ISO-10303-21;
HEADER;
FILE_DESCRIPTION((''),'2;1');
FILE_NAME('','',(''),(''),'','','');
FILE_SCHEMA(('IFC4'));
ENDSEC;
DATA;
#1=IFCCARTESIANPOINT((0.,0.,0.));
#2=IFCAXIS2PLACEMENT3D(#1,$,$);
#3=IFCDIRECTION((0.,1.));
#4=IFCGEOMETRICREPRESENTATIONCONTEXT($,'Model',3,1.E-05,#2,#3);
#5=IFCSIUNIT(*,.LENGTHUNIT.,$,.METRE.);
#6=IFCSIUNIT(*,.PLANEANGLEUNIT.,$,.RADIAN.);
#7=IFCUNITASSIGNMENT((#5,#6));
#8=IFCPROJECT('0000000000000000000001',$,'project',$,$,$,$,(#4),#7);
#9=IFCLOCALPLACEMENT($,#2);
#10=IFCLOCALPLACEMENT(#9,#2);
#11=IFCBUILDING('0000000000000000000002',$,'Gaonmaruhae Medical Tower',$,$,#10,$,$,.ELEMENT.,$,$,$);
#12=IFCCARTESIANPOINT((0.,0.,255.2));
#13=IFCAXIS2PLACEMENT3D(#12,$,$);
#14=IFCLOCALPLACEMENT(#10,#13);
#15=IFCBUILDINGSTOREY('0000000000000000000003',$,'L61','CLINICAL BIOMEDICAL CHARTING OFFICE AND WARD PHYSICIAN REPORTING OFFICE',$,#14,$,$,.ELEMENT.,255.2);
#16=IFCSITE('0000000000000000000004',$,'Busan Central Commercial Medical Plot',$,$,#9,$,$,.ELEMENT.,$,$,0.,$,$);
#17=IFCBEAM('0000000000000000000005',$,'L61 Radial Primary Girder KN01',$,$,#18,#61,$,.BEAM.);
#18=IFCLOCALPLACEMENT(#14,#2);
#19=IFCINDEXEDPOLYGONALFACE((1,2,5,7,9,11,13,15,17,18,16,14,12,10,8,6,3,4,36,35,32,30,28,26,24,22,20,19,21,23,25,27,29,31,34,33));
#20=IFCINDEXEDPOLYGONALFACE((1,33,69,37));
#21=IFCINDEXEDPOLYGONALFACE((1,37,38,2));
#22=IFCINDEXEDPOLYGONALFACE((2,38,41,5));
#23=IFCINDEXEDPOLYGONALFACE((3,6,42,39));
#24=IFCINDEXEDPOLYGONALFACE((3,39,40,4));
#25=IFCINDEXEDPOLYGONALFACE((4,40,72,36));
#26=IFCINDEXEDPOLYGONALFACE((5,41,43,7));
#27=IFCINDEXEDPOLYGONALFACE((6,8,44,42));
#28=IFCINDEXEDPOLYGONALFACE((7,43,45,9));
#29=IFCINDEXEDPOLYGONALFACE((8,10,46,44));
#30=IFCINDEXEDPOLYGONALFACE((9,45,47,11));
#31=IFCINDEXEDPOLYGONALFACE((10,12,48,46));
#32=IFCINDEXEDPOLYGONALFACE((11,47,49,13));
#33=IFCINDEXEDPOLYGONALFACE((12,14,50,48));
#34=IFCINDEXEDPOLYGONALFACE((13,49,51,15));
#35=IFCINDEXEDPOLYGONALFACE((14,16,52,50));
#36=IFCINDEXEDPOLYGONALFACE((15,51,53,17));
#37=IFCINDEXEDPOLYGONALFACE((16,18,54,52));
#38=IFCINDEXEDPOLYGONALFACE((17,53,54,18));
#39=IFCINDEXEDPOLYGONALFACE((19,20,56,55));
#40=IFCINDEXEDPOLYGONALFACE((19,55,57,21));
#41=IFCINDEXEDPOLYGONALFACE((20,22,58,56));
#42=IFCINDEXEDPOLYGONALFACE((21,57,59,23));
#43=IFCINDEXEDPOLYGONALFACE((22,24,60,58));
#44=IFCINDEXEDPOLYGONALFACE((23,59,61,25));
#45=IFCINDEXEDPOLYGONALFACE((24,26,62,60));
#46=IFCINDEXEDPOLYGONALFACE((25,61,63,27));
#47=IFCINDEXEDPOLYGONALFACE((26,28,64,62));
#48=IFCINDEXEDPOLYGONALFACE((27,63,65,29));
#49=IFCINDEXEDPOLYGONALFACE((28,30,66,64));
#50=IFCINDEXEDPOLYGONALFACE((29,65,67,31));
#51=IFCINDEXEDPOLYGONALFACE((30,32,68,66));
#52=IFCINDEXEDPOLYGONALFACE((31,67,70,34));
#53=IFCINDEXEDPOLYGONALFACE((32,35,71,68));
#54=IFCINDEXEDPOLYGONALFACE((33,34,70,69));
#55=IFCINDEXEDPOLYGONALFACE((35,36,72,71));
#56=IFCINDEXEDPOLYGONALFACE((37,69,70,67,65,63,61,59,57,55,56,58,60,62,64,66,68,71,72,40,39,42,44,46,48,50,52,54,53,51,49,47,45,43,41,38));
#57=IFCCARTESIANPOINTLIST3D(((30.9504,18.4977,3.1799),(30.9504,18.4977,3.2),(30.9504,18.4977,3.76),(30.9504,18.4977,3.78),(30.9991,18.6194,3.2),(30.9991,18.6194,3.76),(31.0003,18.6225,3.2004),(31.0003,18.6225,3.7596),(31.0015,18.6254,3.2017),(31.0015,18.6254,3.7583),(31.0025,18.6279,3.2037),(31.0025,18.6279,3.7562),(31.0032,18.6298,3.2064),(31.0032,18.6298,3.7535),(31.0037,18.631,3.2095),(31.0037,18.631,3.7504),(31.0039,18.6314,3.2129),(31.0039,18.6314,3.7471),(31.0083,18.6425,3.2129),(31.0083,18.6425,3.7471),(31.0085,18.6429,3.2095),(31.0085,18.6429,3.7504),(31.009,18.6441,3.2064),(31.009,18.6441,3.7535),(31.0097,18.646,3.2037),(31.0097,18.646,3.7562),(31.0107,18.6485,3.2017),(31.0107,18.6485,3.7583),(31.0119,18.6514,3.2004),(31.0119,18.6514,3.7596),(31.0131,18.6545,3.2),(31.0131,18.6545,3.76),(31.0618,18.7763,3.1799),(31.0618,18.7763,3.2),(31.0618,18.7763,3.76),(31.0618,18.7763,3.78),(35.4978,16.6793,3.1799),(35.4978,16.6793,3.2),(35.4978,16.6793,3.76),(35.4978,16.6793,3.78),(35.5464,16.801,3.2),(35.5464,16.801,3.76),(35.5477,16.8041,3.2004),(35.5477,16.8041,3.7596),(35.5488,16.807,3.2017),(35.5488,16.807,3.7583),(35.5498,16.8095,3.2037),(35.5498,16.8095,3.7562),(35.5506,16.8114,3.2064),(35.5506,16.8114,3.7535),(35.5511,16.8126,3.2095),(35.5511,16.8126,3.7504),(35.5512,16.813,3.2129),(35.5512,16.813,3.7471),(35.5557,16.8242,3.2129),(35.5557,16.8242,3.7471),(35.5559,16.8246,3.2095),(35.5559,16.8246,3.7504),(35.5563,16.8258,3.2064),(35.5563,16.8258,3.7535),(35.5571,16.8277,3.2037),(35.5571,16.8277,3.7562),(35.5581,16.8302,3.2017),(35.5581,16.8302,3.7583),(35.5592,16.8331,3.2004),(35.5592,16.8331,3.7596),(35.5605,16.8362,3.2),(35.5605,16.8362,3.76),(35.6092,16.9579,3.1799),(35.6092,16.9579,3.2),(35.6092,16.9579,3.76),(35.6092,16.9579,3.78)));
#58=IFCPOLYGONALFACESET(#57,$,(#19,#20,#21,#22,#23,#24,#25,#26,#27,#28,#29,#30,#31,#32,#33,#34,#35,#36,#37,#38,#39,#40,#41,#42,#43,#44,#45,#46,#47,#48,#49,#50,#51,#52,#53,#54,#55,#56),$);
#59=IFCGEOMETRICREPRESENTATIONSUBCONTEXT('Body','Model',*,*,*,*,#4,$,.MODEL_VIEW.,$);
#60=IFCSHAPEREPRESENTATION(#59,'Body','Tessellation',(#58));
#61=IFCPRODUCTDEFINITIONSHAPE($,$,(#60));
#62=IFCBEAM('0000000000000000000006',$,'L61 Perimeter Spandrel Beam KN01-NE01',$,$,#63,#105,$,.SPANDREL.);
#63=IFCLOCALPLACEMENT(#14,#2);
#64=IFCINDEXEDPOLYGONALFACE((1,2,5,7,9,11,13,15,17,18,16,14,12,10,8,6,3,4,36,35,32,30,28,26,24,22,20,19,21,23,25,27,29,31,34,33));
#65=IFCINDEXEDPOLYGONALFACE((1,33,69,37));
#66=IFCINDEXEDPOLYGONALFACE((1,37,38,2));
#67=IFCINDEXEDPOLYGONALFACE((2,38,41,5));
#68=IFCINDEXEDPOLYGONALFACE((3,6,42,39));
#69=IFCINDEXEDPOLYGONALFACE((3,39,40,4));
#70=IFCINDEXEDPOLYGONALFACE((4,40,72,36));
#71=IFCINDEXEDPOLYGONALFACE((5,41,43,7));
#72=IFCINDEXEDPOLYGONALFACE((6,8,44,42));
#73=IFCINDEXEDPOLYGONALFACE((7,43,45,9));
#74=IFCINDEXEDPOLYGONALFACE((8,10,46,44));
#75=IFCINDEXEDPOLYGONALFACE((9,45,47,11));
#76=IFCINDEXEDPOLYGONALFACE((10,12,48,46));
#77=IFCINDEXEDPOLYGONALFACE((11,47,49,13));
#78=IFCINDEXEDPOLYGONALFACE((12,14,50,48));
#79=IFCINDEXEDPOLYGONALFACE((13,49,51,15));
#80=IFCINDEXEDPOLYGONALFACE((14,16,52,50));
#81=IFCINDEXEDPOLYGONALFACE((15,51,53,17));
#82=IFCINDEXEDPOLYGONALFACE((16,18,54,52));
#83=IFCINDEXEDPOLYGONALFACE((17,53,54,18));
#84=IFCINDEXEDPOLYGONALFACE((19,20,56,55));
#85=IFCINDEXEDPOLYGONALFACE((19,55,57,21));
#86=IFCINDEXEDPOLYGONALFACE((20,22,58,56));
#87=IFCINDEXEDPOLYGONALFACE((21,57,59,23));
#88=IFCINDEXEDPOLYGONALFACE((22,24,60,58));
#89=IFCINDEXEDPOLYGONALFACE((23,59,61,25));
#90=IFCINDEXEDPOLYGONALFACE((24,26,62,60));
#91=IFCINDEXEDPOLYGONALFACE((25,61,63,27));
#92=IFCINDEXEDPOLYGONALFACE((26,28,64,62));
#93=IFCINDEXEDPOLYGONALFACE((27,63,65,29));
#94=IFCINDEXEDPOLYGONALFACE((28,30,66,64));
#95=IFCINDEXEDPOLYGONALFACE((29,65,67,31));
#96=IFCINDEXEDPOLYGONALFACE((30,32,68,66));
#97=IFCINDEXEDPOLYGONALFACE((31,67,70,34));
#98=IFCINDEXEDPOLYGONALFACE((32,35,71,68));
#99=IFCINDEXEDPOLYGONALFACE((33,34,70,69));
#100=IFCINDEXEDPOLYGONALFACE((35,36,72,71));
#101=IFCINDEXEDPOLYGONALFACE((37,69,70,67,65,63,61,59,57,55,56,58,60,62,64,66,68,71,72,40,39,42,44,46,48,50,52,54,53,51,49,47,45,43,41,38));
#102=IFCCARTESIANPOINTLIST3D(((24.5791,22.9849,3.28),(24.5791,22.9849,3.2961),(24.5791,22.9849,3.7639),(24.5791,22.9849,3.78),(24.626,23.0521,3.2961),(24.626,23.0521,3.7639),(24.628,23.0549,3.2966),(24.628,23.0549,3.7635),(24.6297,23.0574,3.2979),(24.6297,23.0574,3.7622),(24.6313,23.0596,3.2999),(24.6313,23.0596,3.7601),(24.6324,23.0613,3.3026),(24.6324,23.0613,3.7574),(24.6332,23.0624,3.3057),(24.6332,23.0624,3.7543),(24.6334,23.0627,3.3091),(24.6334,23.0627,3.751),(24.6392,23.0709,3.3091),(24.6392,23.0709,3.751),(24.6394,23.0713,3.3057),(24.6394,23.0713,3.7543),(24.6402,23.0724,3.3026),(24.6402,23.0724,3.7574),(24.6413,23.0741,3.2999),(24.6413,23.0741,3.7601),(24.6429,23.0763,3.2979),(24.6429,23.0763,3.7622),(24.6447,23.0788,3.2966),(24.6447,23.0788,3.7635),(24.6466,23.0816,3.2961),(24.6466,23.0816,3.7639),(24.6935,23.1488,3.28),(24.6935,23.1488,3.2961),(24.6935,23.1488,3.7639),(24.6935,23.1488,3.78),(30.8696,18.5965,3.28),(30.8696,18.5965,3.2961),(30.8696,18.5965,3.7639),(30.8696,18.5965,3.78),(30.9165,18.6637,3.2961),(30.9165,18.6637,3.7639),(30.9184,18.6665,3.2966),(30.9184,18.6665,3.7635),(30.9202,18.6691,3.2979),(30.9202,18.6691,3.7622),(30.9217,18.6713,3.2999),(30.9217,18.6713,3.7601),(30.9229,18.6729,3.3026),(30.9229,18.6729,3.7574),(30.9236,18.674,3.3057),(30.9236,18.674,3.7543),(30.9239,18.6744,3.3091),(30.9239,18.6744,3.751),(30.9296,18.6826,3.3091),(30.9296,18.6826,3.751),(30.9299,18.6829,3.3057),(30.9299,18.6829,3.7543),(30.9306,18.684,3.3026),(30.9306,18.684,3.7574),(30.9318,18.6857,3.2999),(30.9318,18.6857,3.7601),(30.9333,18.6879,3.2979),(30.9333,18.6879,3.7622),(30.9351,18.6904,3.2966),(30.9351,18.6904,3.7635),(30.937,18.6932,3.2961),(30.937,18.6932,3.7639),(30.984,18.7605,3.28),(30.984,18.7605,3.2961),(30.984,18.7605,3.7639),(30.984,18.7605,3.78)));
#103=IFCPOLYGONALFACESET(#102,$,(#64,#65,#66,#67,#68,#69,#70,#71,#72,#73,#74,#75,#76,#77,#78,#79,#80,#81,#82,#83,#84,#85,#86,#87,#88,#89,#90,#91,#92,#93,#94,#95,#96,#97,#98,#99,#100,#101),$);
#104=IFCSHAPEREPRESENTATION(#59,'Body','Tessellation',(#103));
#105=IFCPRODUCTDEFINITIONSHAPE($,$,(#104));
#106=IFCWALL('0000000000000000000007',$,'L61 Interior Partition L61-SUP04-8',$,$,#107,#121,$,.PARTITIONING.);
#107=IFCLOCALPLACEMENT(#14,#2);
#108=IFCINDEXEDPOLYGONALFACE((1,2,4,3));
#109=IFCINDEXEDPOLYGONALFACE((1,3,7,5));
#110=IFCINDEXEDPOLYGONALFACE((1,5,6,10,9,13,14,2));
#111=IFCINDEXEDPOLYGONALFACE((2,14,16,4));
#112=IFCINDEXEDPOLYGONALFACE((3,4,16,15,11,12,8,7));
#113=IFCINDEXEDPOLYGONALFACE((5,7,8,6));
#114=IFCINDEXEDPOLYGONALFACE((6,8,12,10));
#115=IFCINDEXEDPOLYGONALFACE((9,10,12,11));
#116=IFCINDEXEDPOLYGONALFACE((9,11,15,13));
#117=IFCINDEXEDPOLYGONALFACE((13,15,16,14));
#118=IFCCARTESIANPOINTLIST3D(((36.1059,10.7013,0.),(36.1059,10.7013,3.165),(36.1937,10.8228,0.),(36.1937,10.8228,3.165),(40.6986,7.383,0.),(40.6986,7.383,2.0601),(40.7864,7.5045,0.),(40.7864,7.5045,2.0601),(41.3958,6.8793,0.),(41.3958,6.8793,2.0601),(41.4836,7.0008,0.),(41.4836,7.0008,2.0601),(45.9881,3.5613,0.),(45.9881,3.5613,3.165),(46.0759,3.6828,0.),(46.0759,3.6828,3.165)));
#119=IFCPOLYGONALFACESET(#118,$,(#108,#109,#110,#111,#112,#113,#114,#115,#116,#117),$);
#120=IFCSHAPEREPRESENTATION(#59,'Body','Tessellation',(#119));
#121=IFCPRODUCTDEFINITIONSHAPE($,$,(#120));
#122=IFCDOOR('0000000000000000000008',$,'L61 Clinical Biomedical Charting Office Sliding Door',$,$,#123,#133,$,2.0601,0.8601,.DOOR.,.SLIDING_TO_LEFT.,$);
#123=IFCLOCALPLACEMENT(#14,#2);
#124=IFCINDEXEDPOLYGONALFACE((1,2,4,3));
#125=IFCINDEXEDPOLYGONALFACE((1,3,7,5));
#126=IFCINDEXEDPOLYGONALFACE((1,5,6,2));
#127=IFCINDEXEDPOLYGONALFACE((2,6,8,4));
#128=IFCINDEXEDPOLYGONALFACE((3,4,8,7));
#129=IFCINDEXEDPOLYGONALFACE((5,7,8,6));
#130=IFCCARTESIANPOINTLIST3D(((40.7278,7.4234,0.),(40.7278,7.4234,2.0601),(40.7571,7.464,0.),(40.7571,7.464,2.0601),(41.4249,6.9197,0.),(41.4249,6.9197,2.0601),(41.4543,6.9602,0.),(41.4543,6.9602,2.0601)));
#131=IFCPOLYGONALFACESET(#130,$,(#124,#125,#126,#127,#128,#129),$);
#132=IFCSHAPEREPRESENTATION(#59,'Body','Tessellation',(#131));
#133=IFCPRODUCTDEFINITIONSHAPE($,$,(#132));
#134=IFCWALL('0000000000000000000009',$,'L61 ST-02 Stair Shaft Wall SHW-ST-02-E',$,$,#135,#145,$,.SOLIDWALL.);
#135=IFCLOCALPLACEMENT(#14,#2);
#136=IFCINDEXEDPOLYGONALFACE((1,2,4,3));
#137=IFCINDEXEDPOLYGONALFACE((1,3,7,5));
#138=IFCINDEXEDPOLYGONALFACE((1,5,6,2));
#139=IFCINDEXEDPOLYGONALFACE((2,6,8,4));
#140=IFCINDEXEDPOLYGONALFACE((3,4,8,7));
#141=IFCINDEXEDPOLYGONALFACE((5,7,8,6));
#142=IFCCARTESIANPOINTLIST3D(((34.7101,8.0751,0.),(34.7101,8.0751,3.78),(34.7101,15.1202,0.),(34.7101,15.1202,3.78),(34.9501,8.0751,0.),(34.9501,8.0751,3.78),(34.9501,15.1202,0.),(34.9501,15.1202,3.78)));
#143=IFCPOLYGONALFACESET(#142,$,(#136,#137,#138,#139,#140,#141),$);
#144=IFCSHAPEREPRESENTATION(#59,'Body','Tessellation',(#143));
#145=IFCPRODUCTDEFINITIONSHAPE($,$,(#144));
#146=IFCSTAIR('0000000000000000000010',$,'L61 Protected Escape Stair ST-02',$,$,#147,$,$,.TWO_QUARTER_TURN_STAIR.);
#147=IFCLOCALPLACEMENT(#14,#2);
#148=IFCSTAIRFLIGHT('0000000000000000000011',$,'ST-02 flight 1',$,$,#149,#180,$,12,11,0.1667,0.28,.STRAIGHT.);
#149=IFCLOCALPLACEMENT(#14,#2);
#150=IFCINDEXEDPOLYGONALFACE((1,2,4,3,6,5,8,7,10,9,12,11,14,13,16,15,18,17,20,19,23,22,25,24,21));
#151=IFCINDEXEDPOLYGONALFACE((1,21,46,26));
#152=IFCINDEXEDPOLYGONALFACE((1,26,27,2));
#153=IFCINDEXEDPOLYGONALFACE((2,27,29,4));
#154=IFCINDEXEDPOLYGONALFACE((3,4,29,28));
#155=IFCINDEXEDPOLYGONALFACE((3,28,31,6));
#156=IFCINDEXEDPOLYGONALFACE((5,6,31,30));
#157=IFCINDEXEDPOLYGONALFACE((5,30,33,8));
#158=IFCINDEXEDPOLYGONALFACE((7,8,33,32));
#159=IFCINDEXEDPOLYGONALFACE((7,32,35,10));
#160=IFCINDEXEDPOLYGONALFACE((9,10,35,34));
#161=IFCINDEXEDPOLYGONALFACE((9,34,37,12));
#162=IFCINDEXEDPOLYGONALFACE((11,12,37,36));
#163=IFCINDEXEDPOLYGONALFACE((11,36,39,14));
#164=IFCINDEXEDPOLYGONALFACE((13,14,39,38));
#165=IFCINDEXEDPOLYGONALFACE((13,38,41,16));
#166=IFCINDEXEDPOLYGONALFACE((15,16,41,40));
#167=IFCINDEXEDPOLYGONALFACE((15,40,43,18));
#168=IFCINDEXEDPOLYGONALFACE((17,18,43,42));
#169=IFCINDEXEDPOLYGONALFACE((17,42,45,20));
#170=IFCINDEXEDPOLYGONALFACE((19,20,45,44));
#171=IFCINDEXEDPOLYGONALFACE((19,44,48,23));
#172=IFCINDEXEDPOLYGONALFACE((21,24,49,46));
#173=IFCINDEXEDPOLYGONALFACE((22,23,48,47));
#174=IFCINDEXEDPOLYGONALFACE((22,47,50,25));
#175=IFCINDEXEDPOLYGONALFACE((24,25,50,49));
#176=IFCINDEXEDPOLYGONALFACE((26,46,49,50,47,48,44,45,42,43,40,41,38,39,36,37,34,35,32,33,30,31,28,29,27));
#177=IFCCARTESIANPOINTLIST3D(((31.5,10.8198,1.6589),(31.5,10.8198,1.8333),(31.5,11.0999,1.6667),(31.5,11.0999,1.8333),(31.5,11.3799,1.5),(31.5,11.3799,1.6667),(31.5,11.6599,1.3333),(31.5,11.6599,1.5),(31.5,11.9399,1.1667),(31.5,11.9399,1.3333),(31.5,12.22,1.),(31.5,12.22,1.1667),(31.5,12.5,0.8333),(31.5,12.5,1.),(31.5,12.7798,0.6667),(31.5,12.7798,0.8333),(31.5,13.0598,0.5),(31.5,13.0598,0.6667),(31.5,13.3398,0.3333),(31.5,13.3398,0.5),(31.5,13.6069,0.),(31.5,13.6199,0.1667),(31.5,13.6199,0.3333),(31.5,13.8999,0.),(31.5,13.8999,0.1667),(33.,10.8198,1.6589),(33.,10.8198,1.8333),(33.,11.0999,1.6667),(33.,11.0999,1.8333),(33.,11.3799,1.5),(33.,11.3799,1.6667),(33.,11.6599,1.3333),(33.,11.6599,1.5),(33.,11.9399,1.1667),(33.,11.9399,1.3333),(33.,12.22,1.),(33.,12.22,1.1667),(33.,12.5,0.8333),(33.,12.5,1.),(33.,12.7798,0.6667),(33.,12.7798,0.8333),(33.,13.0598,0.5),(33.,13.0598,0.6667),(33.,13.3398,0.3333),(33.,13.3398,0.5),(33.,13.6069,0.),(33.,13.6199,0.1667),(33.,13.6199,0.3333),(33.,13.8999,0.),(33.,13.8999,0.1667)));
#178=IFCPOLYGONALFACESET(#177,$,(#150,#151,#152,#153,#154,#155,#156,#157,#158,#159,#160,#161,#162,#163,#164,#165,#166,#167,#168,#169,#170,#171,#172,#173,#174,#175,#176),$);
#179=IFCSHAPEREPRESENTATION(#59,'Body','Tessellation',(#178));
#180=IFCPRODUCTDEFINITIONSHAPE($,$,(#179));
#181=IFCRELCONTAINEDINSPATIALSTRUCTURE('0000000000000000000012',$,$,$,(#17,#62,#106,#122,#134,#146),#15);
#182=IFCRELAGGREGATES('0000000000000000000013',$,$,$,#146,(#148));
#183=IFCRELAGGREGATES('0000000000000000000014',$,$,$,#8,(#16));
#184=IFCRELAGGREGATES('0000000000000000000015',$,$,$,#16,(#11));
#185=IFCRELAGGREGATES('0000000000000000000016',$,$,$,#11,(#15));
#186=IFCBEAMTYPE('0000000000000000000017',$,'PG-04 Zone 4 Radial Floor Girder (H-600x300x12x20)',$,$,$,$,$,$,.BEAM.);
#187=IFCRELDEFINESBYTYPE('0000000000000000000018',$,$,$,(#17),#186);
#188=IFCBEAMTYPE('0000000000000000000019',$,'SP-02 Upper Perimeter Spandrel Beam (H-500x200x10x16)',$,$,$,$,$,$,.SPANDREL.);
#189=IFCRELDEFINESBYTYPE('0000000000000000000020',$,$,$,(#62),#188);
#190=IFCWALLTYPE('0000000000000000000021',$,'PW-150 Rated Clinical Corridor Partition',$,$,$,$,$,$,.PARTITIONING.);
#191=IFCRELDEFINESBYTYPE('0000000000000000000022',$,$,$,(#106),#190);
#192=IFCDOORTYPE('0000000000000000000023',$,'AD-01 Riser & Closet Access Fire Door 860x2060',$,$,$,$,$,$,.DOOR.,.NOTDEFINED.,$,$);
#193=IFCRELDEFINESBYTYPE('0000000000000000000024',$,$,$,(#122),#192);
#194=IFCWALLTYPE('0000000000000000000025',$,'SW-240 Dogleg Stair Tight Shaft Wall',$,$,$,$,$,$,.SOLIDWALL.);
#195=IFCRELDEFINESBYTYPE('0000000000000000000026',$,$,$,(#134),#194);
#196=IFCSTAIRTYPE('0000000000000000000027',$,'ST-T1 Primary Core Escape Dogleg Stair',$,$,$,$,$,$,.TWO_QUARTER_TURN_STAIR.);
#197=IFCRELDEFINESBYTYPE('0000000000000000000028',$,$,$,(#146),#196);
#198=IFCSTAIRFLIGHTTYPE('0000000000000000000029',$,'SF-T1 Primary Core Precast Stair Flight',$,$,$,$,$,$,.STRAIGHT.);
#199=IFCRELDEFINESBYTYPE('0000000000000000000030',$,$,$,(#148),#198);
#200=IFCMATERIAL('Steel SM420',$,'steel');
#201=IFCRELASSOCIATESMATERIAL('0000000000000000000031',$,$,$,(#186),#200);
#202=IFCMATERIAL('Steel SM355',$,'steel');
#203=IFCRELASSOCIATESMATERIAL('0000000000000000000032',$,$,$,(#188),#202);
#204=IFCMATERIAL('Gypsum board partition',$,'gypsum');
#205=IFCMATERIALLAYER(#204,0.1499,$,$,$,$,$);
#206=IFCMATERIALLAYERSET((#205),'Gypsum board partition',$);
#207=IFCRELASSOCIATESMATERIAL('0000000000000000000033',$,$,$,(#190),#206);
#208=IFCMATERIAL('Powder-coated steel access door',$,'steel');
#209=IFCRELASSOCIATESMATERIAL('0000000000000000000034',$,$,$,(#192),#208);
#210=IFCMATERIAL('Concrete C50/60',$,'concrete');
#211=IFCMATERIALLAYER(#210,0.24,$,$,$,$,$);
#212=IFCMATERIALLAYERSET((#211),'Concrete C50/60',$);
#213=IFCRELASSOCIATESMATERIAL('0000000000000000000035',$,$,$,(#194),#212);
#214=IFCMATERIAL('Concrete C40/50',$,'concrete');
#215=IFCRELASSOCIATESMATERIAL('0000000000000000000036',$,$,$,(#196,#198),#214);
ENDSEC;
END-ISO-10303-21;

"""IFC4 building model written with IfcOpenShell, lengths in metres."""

from ifc_helpers import new_model, si_unit, direction, frame, frame_2d, origin, origin_2d, place, context, subcontext, project, spatial, polyline, rectangle, i_section, outline, extrude, material, layer, layer_set, material_profile, profile_set, type_object, element, fill, aggregate, save


model = new_model("IFC4")

# Units and contexts
model_context = context("Model", 3, precision=1e-05, world=origin(), true_north=direction((0.0, 1.0)))
body_context = subcontext(model_context, "Body", "Model", "MODEL_VIEW")
ifc_project = project(units=[si_unit("LENGTHUNIT", "METRE"), si_unit("PLANEANGLEUNIT", "RADIAN")], contexts=[model_context])

# Site, building, storey
site_placement = place(None, origin())
site = spatial("IfcSite", under=ifc_project, at=site_placement, Name="Busan Central Commercial Medical Plot", CompositionType="ELEMENT", RefElevation=0.0)
building_placement = place(site_placement, origin())
building = spatial("IfcBuilding", under=site, at=building_placement, Name="Gaonmaruhae Medical Tower", CompositionType="ELEMENT")
storey_placement = place(building_placement, frame((0.0, 0.0, 255.2)))
storey = spatial("IfcBuildingStorey", under=building, at=storey_placement, Name="L61", Description="CLINICAL BIOMEDICAL CHARTING OFFICE AND WARD PHYSICIAN REPORTING OFFICE", CompositionType="ELEMENT", Elevation=255.2)

# Shared definitions
ifc_material_1 = material(Name="Concrete C50/60", Category="concrete")

# Beams
ifc_material_2 = material(Name="Steel SM420", Category="steel")
ifc_material_profile_1 = material_profile(ifc_material_2, i_section(OverallWidth=0.3, OverallDepth=0.6001, WebThickness=0.012, FlangeThickness=0.02, FilletRadius=0.0129, at=origin_2d()), Name="H-600x300x12x20")
ifc_profile_set_1 = profile_set([ifc_material_profile_1], Name="Steel SM420")
beam_type_1 = type_object("IfcBeamType", Name="PG-04 Zone 4 Radial Floor Girder (H-600x300x12x20)", PredefinedType="BEAM", material=ifc_profile_set_1)
beam_1_placement = place(storey_placement, frame((35.5535, 16.8186, 3.48), z_axis=(-0.928518, 0.371288, 0.0), x_axis=(-0.371288, -0.928518, 0.0)))
element("IfcBeam", 1, at=beam_1_placement, inside=storey, type_object=beam_type_1, Name="L61 Radial Primary Girder KN01", PredefinedType="BEAM", context=body_context, shape_type="SweptSolid", body=[
    extrude(i_section(OverallWidth=0.3, OverallDepth=0.6001, WebThickness=0.012, FlangeThickness=0.02, FilletRadius=0.0129, at=origin_2d()), origin(), (0.0, 0.0, 1.0), 4.8975),
])
ifc_material_3 = material(Name="Steel SM355", Category="steel")
ifc_material_profile_2 = material_profile(ifc_material_3, i_section(OverallWidth=0.2, OverallDepth=0.5, WebThickness=0.01, FlangeThickness=0.0161, FilletRadius=0.0129, at=origin_2d()), Name="H-500x200x10x16")
ifc_profile_set_2 = profile_set([ifc_material_profile_2], Name="Steel SM355")
beam_type_2 = type_object("IfcBeamType", Name="SP-02 Upper Perimeter Spandrel Beam (H-500x200x10x16)", PredefinedType="SPANDREL", material=ifc_profile_set_2)
beam_2_placement = place(storey_placement, frame((30.9268, 18.6785, 3.53), z_axis=(-0.820146, 0.572154, 0.0), x_axis=(-0.572154, -0.820146, 0.0)))
element("IfcBeam", 2, at=beam_2_placement, inside=storey, type_object=beam_type_2, Name="L61 Perimeter Spandrel Beam KN01-NE01", PredefinedType="SPANDREL", context=body_context, shape_type="SweptSolid", body=[
    extrude(i_section(OverallWidth=0.2, OverallDepth=0.5, WebThickness=0.01, FlangeThickness=0.0161, FilletRadius=0.0129, at=origin_2d()), origin(), (0.0, 0.0, 1.0), 7.6699),
])

# Wall, opening, door
ifc_material_4 = material(Name="Gypsum board partition", Category="gypsum")
ifc_layer_1 = layer(ifc_material_4, 0.1499)
ifc_layer_set_1 = layer_set([ifc_layer_1], Name="Gypsum board partition")
wall_type_1 = type_object("IfcWallType", Name="PW-150 Rated Clinical Corridor Partition", PredefinedType="PARTITIONING", material=ifc_layer_set_1)
wall_1_placement = place(storey_placement, frame((36.1499, 10.762, 0.0), z_axis=(0.0, 0.0, 1.0), x_axis=(0.810569, -0.585643, 0.0)))
wall_1 = element("IfcWall", 3, at=wall_1_placement, inside=storey, type_object=wall_type_1, Name="L61 Interior Partition L61-SUP04-8", PredefinedType="PARTITIONING", context=body_context, shape_type="SweptSolid", body=[
    extrude(rectangle(XDim=12.1917, YDim=0.1499, at=frame_2d((6.0957, 0.0))), origin(), (0.0, 0.0, 1.0), 3.165),
])
opening_1_placement = place(wall_1_placement, frame((5.6658, 0.0, 0.0)))
opening_1 = element("IfcOpeningElement", 4, at=opening_1_placement, cuts=wall_1, PredefinedType="OPENING", context=body_context, shape_type="SweptSolid", body=[
    extrude(rectangle(XDim=0.8601, YDim=2.0601, at=frame_2d((0.4302, 1.03))), frame((0.0, 0.085, 0.0), z_axis=(0.0, -1.0, 0.0), x_axis=(1.0, 0.0, 0.0)), (0.0, 0.0, 1.0), 0.1699),
])
ifc_material_5 = material(Name="Powder-coated steel access door", Category="steel")
door_type_1 = type_object("IfcDoorType", Name="AD-01 Riser & Closet Access Fire Door 860x2060", OperationType="NOTDEFINED", PredefinedType="DOOR", material=ifc_material_5)
door_1_placement = place(opening_1_placement, origin())
door_1 = element("IfcDoor", 5, at=door_1_placement, inside=storey, type_object=door_type_1, Name="L61 Clinical Biomedical Charting Office Sliding Door", OperationType="SLIDING_TO_LEFT", OverallHeight=2.0601, OverallWidth=0.8601, PredefinedType="DOOR", context=body_context, shape_type="SweptSolid", body=[
    extrude(rectangle(XDim=0.8601, YDim=2.0601, at=frame_2d((0.4302, 1.03))), frame((0.0, 0.0249, 0.0), z_axis=(0.0, -1.0, 0.0), x_axis=(1.0, 0.0, 0.0)), (0.0, 0.0, 1.0), 0.05),
])
fill(opening_1, door_1)
ifc_layer_2 = layer(ifc_material_1, 0.24)
ifc_layer_set_2 = layer_set([ifc_layer_2], Name="Concrete C50/60")
wall_type_2 = type_object("IfcWallType", Name="SW-240 Dogleg Stair Tight Shaft Wall", PredefinedType="SOLIDWALL", material=ifc_layer_set_2)

# Wall
wall_2_placement = place(storey_placement, frame((34.8301, 15.1201, 0.0), z_axis=(0.0, 0.0, 1.0), x_axis=(0.0, -1.0, 0.0)))
element("IfcWall", 6, at=wall_2_placement, inside=storey, type_object=wall_type_2, Name="L61 ST-02 Stair Shaft Wall SHW-ST-02-E", PredefinedType="SOLIDWALL", context=body_context, shape_type="SweptSolid", body=[
    extrude(rectangle(XDim=7.0452, YDim=0.24, at=frame_2d((3.5225, 0.0))), origin(), (0.0, 0.0, 1.0), 3.78),
])

# Stair, stair flight
ifc_material_6 = material(Name="Concrete C40/50", Category="concrete")
stair_type = type_object("IfcStairType", Name="ST-T1 Primary Core Escape Dogleg Stair", PredefinedType="TWO_QUARTER_TURN_STAIR", material=ifc_material_6)
stair_placement = place(storey_placement, origin())
stair = element("IfcStair", 7, at=stair_placement, inside=storey, type_object=stair_type, Name="L61 Protected Escape Stair ST-02", PredefinedType="TWO_QUARTER_TURN_STAIR")
stair_flight_type = type_object("IfcStairFlightType", Name="SF-T1 Primary Core Precast Stair Flight", PredefinedType="STRAIGHT", material=ifc_material_6)
stair_flight_1_placement = place(storey_placement, frame((32.25, 13.8999, 0.0), z_axis=(0.0, 0.0, 1.0), x_axis=(0.0, -1.0, 0.0)))
stair_flight_1 = element("IfcStairFlight", 8, at=stair_flight_1_placement, type_object=stair_flight_type, Name="ST-02 flight 1", NumberOfRisers=12, NumberOfTreads=11, PredefinedType="STRAIGHT", RiserHeight=0.1667, TreadLength=0.28, context=body_context, shape_type="SweptSolid", body=[
    extrude(outline(polyline([(0.0, 0.0), (0.0, 0.1667), (0.28, 0.1667), (0.28, 0.3333), (0.5601, 0.3333), (0.5601, 0.5), (0.8401, 0.5), (0.8401, 0.6667), (1.1201, 0.6667), (1.1201, 0.8333), (1.3999, 0.8333), (1.3999, 1.0), (1.6799, 1.0), (1.6799, 1.1667), (1.96, 1.1667), (1.96, 1.3333), (2.24, 1.3333), (2.24, 1.5), (2.52, 1.5), (2.52, 1.6667), (2.8, 1.6667), (2.8, 1.8333), (3.0801, 1.8333), (3.0801, 2.0), (3.0801, 1.6589), (0.293, 0.0), (0.0, 0.0)])), frame((0.0, 0.75, 0.0), z_axis=(0.0, -1.0, 0.0), x_axis=(1.0, 0.0, 0.0)), (0.0, 0.0, 1.0), 1.5),
])
aggregate(stair, [stair_flight_1])

save(model, "model.ifc")
